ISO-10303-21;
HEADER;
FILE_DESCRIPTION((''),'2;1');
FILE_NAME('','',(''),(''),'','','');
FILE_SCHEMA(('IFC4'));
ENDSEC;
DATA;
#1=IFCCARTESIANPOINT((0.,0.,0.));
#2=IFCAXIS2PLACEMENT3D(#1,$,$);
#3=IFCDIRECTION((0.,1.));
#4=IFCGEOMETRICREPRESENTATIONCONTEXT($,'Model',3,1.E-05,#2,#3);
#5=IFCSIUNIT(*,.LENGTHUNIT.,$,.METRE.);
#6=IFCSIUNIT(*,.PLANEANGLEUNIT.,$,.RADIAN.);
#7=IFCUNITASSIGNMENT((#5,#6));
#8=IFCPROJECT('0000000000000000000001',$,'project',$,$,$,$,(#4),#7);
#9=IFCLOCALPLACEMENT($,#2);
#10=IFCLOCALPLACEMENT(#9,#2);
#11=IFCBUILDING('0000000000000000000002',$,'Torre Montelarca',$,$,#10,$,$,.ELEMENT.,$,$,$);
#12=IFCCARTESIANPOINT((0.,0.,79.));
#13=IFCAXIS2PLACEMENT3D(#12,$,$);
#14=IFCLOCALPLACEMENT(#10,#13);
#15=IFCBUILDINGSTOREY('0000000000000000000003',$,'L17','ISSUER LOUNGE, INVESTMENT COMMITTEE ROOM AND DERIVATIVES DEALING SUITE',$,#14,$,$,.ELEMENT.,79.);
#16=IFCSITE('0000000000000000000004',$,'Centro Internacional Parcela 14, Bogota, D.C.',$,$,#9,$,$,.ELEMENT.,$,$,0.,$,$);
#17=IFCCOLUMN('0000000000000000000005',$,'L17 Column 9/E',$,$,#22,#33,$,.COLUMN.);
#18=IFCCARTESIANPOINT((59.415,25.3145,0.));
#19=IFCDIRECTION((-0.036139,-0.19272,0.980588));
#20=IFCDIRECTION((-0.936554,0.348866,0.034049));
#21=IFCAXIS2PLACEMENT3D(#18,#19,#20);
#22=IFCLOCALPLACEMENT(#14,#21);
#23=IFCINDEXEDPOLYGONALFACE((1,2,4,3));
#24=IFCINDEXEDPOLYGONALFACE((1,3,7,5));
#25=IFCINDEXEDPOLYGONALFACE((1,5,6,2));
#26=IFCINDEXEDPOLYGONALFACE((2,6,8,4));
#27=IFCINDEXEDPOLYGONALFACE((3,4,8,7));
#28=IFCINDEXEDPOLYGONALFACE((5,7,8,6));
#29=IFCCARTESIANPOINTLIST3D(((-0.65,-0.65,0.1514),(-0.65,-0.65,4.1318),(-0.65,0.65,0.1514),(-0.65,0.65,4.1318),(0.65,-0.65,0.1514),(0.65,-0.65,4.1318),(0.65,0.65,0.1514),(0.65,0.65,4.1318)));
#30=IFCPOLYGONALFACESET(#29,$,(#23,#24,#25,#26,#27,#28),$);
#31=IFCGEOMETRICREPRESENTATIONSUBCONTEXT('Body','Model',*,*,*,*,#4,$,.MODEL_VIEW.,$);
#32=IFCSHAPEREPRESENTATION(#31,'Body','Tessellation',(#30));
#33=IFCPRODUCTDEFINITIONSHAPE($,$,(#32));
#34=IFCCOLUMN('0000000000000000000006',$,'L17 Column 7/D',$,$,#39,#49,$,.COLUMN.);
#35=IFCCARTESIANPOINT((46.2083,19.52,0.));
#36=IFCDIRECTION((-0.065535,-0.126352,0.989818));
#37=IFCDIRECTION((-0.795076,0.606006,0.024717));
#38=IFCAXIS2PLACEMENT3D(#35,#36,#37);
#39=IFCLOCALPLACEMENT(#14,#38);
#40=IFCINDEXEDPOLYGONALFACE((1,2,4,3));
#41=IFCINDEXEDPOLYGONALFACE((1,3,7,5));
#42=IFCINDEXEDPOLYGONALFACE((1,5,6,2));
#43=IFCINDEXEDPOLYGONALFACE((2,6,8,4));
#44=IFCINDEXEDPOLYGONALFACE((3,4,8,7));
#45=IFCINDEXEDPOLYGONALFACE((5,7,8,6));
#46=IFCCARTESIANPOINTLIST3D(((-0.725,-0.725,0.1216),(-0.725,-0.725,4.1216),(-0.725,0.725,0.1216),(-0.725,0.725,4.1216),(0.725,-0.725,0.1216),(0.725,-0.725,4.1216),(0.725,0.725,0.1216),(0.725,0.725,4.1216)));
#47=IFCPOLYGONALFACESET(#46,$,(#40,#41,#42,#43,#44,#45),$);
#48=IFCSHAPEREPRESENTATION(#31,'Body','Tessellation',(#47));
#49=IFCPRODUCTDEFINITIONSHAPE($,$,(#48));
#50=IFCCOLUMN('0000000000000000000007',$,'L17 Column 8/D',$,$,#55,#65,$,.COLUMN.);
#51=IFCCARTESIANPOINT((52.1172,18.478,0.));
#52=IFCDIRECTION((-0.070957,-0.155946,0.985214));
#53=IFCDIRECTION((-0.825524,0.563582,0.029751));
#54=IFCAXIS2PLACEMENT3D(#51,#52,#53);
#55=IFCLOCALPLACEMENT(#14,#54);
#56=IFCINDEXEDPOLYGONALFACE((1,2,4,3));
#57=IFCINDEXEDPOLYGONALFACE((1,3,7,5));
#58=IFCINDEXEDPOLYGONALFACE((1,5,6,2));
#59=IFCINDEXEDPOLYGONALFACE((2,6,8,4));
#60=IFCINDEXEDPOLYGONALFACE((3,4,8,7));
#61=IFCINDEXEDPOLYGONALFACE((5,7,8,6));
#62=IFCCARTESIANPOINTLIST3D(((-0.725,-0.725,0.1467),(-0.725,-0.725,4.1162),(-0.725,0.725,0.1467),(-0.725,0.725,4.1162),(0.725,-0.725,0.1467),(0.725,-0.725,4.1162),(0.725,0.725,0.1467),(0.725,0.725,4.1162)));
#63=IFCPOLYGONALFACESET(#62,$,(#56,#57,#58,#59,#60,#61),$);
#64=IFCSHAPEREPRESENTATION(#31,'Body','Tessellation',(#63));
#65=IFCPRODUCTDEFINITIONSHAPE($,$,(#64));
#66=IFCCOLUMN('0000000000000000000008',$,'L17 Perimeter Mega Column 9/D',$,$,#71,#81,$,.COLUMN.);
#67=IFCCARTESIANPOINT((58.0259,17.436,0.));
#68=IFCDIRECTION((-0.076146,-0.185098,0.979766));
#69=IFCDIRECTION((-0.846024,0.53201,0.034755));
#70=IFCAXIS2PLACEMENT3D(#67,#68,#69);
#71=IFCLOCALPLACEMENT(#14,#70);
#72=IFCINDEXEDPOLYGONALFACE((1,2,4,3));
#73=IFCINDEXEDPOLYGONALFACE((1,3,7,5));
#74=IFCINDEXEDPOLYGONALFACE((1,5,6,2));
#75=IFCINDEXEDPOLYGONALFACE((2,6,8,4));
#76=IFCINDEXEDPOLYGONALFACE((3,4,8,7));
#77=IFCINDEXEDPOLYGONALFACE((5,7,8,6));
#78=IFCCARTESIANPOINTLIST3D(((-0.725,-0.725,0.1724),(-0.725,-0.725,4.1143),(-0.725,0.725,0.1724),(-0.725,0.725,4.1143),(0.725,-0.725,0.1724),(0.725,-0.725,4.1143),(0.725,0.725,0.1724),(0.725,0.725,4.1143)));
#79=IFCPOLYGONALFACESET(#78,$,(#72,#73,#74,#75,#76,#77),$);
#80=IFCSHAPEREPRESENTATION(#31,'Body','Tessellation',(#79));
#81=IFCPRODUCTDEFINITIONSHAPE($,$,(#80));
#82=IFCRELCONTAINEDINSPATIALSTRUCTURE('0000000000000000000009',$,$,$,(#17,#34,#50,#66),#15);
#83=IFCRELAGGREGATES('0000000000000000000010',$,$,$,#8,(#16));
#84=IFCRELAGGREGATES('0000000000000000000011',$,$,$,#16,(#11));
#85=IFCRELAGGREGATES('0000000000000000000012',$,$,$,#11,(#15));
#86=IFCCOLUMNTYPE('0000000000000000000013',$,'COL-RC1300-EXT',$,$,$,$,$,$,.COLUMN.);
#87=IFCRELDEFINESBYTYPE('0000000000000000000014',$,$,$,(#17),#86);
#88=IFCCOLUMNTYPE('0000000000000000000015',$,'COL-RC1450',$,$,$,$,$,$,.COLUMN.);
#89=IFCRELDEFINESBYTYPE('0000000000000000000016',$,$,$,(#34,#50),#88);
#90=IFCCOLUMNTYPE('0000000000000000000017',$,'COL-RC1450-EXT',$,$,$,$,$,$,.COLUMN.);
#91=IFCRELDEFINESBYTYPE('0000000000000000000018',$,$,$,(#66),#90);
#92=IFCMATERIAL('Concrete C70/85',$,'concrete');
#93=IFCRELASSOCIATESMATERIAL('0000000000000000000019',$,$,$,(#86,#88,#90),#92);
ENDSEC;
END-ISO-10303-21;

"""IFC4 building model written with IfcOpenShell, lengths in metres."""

from ifc_helpers import new_model, si_unit, direction, frame, origin, origin_2d, place, context, subcontext, project, spatial, rectangle, extrude, clip, halfspace, material, material_profile, profile_set, type_object, element, save


model = new_model("IFC4")

# Units and contexts
model_context = context("Model", 3, precision=1e-05, world=origin(), true_north=direction((0.0, 1.0)))
body_context = subcontext(model_context, "Body", "Model", "MODEL_VIEW")
ifc_project = project(units=[si_unit("LENGTHUNIT", "METRE"), si_unit("PLANEANGLEUNIT", "RADIAN")], contexts=[model_context])

# Site, building, storey
site_placement = place(None, origin())
site = spatial("IfcSite", under=ifc_project, at=site_placement, Name="Centro Internacional Parcela 14, Bogota, D.C.", CompositionType="ELEMENT", RefElevation=0.0)
building_placement = place(site_placement, origin())
building = spatial("IfcBuilding", under=site, at=building_placement, Name="Torre Montelarca", CompositionType="ELEMENT")
storey_placement = place(building_placement, frame((0.0, 0.0, 79.0)))
storey = spatial("IfcBuildingStorey", under=building, at=storey_placement, Name="L17", Description="ISSUER LOUNGE, INVESTMENT COMMITTEE ROOM AND DERIVATIVES DEALING SUITE", CompositionType="ELEMENT", Elevation=79.0)

# Columns
ifc_material_1 = material(Name="Concrete C70/85", Category="concrete")
ifc_material_profile_1 = material_profile(ifc_material_1, rectangle(XDim=1.3, YDim=1.3, at=origin_2d()), Name="RC1300X1300", Category="concrete")
ifc_profile_set_1 = profile_set([ifc_material_profile_1], Name="Concrete C70/85")
column_type_1 = type_object("IfcColumnType", Name="COL-RC1300-EXT", PredefinedType="COLUMN", material=ifc_profile_set_1)
column_1_placement = place(storey_placement, frame((59.415, 25.3145, 0.0), z_axis=(-0.036139, -0.19272, 0.980588), x_axis=(-0.936554, 0.348866, 0.034049)))
element("IfcColumn", 1, at=column_1_placement, inside=storey, type_object=column_type_1, Name="L17 Column 9/E", PredefinedType="COLUMN", context=body_context, shape_type="Clipping", body=[
    clip(clip(extrude(rectangle(XDim=1.3, YDim=1.3, at=origin_2d()), origin(), (0.0, 0.0, 1.0), 4.2832), halfspace(frame((0.0, 0.0, 0.1514), z_axis=(0.0, 0.0, -1.0), x_axis=(1.0, 0.0, 0.0)), False)), halfspace(frame((0.0, 0.0, 4.1318), z_axis=(0.0, 0.0, 1.0), x_axis=(1.0, 0.0, 0.0)), False)),
])
ifc_material_profile_2 = material_profile(ifc_material_1, rectangle(XDim=1.45, YDim=1.45, at=origin_2d()), Name="RC1450X1450", Category="concrete")
ifc_profile_set_2 = profile_set([ifc_material_profile_2], Name="Concrete C70/85")
column_type_2 = type_object("IfcColumnType", Name="COL-RC1450", PredefinedType="COLUMN", material=ifc_profile_set_2)
column_2_placement = place(storey_placement, frame((46.2083, 19.52, 0.0), z_axis=(-0.065535, -0.126352, 0.989818), x_axis=(-0.795076, 0.606006, 0.024717)))
element("IfcColumn", 2, at=column_2_placement, inside=storey, type_object=column_type_2, Name="L17 Column 7/D", PredefinedType="COLUMN", context=body_context, shape_type="Clipping", body=[
    clip(clip(extrude(rectangle(XDim=1.45, YDim=1.45, at=origin_2d()), origin(), (0.0, 0.0, 1.0), 4.2432), halfspace(frame((0.0, 0.0, 0.1216), z_axis=(0.0, 0.0, -1.0), x_axis=(1.0, 0.0, 0.0)), False)), halfspace(frame((0.0, 0.0, 4.1216), z_axis=(0.0, 0.0, 1.0), x_axis=(1.0, 0.0, 0.0)), False)),
])
column_3_placement = place(storey_placement, frame((52.1172, 18.478, 0.0), z_axis=(-0.070957, -0.155946, 0.985214), x_axis=(-0.825524, 0.563582, 0.029751)))
element("IfcColumn", 3, at=column_3_placement, inside=storey, type_object=column_type_2, Name="L17 Column 8/D", PredefinedType="COLUMN", context=body_context, shape_type="Clipping", body=[
    clip(clip(extrude(rectangle(XDim=1.45, YDim=1.45, at=origin_2d()), origin(), (0.0, 0.0, 1.0), 4.2629), halfspace(frame((0.0, 0.0, 0.1467), z_axis=(0.0, 0.0, -1.0), x_axis=(1.0, 0.0, 0.0)), False)), halfspace(frame((0.0, 0.0, 4.1162), z_axis=(0.0, 0.0, 1.0), x_axis=(1.0, 0.0, 0.0)), False)),
])
ifc_material_profile_3 = material_profile(ifc_material_1, rectangle(XDim=1.45, YDim=1.45, at=origin_2d()), Name="RC1450X1450", Category="concrete")
ifc_profile_set_3 = profile_set([ifc_material_profile_3], Name="Concrete C70/85")
column_type_3 = type_object("IfcColumnType", Name="COL-RC1450-EXT", PredefinedType="COLUMN", material=ifc_profile_set_3)
column_4_placement = place(storey_placement, frame((58.0259, 17.436, 0.0), z_axis=(-0.076146, -0.185098, 0.979766), x_axis=(-0.846024, 0.53201, 0.034755)))
element("IfcColumn", 4, at=column_4_placement, inside=storey, type_object=column_type_3, Name="L17 Perimeter Mega Column 9/D", PredefinedType="COLUMN", context=body_context, shape_type="Clipping", body=[
    clip(clip(extrude(rectangle(XDim=1.45, YDim=1.45, at=origin_2d()), origin(), (0.0, 0.0, 1.0), 4.2866), halfspace(frame((0.0, 0.0, 0.1724), z_axis=(0.0, 0.0, -1.0), x_axis=(1.0, 0.0, 0.0)), False)), halfspace(frame((0.0, 0.0, 4.1143), z_axis=(0.0, 0.0, 1.0), x_axis=(1.0, 0.0, 0.0)), False)),
])

save(model, "model.ifc")
